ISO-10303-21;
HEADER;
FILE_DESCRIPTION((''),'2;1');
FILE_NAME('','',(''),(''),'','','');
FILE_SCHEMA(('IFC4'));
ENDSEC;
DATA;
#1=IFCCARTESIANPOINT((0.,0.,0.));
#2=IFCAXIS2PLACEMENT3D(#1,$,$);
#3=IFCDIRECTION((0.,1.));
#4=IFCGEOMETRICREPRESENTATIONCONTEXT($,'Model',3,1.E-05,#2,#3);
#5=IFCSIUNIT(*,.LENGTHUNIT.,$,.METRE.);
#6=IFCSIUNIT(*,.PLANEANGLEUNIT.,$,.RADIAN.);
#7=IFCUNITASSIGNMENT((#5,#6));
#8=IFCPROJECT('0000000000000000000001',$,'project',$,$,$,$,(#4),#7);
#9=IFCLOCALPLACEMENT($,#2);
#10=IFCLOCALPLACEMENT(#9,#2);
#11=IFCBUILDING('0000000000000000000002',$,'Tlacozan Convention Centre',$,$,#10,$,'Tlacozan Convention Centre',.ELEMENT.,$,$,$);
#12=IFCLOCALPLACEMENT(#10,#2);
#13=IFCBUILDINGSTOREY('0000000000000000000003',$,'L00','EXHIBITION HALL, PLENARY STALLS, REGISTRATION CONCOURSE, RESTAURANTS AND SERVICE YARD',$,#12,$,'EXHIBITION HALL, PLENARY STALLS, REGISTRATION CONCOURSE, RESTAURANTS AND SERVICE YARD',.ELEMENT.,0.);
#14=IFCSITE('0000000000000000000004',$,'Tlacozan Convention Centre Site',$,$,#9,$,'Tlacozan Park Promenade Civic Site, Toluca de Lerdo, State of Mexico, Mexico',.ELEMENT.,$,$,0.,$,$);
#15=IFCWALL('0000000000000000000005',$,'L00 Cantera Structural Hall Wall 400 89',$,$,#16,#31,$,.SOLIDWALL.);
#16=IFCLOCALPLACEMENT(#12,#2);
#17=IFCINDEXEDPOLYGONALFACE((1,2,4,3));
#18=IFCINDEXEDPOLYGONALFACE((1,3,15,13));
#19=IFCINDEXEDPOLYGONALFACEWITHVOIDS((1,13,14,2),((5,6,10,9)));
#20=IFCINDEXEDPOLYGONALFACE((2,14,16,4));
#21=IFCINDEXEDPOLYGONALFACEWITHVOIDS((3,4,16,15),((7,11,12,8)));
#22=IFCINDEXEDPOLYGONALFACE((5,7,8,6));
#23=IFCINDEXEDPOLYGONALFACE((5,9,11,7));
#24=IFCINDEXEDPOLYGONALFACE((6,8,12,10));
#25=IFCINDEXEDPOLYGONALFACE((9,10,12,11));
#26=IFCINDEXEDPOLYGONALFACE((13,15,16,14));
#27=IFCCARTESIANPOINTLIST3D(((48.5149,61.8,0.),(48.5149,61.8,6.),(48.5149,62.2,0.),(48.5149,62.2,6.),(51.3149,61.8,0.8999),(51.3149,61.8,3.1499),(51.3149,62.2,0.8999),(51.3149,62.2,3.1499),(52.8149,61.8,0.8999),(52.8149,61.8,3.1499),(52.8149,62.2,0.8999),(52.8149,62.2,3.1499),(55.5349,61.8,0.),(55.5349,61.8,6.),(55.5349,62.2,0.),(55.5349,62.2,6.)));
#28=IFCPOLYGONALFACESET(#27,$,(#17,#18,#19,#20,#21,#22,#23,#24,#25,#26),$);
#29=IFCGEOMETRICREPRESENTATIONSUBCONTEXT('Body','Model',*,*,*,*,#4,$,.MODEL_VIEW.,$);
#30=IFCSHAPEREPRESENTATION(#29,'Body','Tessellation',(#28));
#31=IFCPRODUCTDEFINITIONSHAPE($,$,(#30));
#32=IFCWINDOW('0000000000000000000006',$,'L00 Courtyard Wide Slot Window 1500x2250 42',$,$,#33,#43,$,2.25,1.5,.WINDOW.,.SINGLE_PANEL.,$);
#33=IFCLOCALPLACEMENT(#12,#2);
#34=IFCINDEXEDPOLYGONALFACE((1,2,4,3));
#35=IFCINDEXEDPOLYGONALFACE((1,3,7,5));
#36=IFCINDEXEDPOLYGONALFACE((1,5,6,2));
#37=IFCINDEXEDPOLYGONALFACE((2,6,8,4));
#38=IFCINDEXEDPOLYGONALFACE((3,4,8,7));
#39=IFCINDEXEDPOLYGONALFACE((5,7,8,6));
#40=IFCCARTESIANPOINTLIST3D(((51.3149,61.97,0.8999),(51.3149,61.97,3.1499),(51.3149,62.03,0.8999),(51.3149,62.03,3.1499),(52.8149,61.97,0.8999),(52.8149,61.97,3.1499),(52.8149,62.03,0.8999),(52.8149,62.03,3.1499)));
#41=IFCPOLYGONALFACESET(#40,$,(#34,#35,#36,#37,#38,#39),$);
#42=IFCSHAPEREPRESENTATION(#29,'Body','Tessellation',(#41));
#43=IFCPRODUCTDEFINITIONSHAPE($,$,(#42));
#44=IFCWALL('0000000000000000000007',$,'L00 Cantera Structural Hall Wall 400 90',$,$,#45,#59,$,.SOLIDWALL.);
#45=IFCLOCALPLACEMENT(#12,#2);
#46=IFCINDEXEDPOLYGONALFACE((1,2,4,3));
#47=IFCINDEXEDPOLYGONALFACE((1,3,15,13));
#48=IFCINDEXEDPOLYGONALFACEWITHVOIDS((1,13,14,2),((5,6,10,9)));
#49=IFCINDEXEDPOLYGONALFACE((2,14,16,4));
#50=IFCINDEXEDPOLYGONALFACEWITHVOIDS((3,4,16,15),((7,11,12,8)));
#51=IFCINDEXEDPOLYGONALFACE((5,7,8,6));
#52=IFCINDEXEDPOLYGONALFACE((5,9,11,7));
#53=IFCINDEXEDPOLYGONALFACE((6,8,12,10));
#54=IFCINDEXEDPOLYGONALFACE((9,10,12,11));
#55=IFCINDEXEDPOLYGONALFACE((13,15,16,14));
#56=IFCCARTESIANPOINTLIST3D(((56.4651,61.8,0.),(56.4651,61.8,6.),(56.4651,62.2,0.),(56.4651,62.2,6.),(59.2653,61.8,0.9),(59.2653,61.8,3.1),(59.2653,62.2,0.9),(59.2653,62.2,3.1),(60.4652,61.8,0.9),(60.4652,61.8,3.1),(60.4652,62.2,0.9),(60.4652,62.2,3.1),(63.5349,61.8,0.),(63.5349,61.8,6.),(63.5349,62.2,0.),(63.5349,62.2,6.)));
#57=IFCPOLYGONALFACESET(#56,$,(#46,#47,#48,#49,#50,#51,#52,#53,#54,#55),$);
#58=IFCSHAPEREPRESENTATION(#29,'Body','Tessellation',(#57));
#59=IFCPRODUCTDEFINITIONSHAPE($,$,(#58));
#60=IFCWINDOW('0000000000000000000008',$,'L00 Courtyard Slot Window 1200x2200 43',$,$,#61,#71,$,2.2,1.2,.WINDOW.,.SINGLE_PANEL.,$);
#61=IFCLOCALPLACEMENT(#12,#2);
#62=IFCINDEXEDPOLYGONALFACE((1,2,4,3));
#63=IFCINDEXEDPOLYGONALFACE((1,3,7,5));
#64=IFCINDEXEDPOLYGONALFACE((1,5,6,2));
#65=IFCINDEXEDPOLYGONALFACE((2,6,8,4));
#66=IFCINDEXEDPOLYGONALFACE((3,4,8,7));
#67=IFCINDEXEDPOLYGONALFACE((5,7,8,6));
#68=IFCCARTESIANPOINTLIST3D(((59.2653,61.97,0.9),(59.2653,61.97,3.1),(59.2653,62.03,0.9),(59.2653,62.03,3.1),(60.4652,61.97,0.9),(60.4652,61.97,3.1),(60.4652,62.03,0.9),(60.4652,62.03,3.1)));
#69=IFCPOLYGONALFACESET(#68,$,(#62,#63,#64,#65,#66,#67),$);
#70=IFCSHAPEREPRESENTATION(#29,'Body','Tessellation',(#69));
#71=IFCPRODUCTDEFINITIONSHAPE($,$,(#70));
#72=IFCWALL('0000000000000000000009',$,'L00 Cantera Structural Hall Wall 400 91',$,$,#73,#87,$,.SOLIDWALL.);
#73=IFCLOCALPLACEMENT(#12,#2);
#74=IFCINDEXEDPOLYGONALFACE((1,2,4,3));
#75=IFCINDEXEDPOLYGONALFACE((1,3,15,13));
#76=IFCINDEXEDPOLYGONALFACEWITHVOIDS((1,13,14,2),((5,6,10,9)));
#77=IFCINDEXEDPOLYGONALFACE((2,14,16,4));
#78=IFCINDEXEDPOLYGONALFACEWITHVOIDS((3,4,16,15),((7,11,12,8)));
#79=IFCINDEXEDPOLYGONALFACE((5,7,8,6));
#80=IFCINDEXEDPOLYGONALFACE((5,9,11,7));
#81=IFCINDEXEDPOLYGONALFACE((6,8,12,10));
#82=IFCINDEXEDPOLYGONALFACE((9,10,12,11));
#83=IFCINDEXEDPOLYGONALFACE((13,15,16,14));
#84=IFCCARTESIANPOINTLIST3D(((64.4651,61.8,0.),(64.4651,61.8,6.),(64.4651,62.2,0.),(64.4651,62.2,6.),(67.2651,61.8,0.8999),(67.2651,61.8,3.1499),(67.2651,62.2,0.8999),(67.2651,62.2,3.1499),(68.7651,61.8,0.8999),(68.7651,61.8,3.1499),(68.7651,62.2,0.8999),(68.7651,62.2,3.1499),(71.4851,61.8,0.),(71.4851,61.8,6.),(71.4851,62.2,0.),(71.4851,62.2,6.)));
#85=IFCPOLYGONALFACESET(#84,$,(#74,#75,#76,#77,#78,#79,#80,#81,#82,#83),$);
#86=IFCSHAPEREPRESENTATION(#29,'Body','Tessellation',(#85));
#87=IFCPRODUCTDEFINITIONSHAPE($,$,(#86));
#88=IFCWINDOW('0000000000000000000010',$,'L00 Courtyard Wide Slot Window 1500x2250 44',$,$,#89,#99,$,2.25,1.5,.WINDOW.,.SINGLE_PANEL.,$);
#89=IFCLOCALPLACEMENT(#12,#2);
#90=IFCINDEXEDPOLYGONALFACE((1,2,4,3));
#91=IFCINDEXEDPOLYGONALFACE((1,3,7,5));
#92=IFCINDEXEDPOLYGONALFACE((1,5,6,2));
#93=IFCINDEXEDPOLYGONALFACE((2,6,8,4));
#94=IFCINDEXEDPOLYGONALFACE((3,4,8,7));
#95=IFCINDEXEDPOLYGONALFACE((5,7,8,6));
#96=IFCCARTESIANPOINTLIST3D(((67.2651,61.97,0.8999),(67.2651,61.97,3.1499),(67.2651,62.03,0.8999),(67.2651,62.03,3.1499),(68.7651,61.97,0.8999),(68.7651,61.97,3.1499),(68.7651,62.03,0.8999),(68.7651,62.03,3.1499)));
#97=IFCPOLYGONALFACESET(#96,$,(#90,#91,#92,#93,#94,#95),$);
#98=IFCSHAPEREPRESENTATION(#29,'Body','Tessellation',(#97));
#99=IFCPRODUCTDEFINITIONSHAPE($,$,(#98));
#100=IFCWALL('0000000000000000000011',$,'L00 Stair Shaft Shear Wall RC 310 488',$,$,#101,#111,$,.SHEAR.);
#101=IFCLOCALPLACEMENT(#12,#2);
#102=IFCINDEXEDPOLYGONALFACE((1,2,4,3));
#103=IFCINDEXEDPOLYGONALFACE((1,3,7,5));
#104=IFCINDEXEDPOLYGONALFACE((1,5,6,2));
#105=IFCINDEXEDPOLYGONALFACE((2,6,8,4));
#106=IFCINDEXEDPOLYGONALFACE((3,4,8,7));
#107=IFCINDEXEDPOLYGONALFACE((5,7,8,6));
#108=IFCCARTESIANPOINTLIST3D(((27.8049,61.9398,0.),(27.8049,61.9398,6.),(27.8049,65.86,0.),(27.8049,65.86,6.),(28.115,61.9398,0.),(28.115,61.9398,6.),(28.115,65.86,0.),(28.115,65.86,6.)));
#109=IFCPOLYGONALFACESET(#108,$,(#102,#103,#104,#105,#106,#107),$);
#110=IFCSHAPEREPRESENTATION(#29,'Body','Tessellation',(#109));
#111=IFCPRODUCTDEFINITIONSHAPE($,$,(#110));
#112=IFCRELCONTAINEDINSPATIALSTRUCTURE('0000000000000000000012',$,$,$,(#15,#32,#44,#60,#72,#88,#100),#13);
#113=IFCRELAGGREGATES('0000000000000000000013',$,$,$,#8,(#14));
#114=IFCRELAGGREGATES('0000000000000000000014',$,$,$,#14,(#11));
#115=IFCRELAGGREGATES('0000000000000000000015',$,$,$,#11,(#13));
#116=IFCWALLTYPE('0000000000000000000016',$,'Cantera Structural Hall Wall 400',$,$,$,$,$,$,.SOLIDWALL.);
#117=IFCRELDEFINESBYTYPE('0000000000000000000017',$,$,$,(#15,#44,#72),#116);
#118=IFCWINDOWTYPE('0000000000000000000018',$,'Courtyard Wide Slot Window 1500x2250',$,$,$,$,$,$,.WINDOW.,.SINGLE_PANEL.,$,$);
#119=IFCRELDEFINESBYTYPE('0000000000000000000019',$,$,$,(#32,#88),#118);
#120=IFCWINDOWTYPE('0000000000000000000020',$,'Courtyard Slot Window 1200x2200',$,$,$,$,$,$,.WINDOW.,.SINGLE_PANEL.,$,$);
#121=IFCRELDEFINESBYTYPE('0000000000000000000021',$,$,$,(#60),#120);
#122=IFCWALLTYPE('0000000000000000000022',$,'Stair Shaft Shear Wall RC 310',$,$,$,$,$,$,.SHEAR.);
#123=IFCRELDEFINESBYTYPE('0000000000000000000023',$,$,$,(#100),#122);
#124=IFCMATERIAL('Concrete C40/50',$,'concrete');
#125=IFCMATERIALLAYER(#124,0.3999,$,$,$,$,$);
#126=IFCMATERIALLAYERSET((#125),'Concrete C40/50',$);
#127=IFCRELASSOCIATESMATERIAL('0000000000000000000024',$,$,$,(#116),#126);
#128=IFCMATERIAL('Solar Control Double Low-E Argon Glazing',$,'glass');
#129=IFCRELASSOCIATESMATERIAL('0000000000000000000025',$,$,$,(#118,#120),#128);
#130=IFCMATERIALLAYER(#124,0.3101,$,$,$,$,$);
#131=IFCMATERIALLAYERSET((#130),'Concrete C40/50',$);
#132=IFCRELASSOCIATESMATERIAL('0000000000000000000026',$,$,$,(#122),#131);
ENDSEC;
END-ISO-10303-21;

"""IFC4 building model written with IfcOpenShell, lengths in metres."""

from ifc_helpers import new_model, si_unit, direction, frame, frame_2d, origin, place, context, subcontext, project, spatial, rectangle, extrude, material, layer, layer_set, type_object, element, fill, save


model = new_model("IFC4")

# Units and contexts
model_context = context("Model", 3, precision=1e-05, world=origin(), true_north=direction((0.0, 1.0)))
body_context = subcontext(model_context, "Body", "Model", "MODEL_VIEW")
ifc_project = project(units=[si_unit("LENGTHUNIT", "METRE"), si_unit("PLANEANGLEUNIT", "RADIAN")], contexts=[model_context])

# Site, building, storey
site_placement = place(None, origin())
site = spatial("IfcSite", under=ifc_project, at=site_placement, Name="Tlacozan Convention Centre Site", LongName="Tlacozan Park Promenade Civic Site, Toluca de Lerdo, State of Mexico, Mexico", CompositionType="ELEMENT", RefElevation=0.0)
building_placement = place(site_placement, origin())
building = spatial("IfcBuilding", under=site, at=building_placement, Name="Tlacozan Convention Centre", LongName="Tlacozan Convention Centre", CompositionType="ELEMENT")
storey_placement = place(building_placement, origin())
storey = spatial("IfcBuildingStorey", under=building, at=storey_placement, Name="L00", Description="EXHIBITION HALL, PLENARY STALLS, REGISTRATION CONCOURSE, RESTAURANTS AND SERVICE YARD", LongName="EXHIBITION HALL, PLENARY STALLS, REGISTRATION CONCOURSE, RESTAURANTS AND SERVICE YARD", CompositionType="ELEMENT", Elevation=0.0)

# Shared definitions
ifc_material_1 = material(Name="Concrete C40/50", Category="concrete")

# Shared definitions
ifc_layer_1 = layer(ifc_material_1, 0.3999)
ifc_layer_set_1 = layer_set([ifc_layer_1], Name="Concrete C40/50")
wall_type_1 = type_object("IfcWallType", Name="Cantera Structural Hall Wall 400", PredefinedType="SOLIDWALL", material=ifc_layer_set_1)
ifc_material_2 = material(Name="Solar Control Double Low-E Argon Glazing", Category="glass")
window_type_1 = type_object("IfcWindowType", Name="Courtyard Wide Slot Window 1500x2250", PartitioningType="SINGLE_PANEL", PredefinedType="WINDOW", material=ifc_material_2)

# Walls, openings, windows
wall_1_placement = place(storey_placement, frame((48.5149, 62.0, 0.0), z_axis=(0.0, 0.0, 1.0), x_axis=(1.0, 0.0, 0.0)))
wall_1 = element("IfcWall", 1, at=wall_1_placement, inside=storey, type_object=wall_type_1, Name="L00 Cantera Structural Hall Wall 400 89", PredefinedType="SOLIDWALL", context=body_context, shape_type="SweptSolid", body=[
    extrude(rectangle(XDim=7.02, YDim=0.3999, at=frame_2d((3.51, 0.0))), origin(), (0.0, 0.0, 1.0), 6.0),
])
opening_1_placement = place(wall_1_placement, frame((2.8, 0.0, 0.8999)))
opening_1 = element("IfcOpeningElement", 2, at=opening_1_placement, cuts=wall_1, PredefinedType="OPENING", context=body_context, shape_type="SweptSolid", body=[
    extrude(rectangle(XDim=1.5, YDim=2.25, at=frame_2d((0.75, 1.125))), frame((0.0, 0.21, 0.0), z_axis=(0.0, -1.0, 0.0), x_axis=(1.0, 0.0, 0.0)), (0.0, 0.0, 1.0), 0.4199),
])
window_1_placement = place(opening_1_placement, origin())
window_1 = element("IfcWindow", 3, at=window_1_placement, inside=storey, type_object=window_type_1, Name="L00 Courtyard Wide Slot Window 1500x2250 42", OverallHeight=2.25, OverallWidth=1.5, PartitioningType="SINGLE_PANEL", PredefinedType="WINDOW", context=body_context, shape_type="SweptSolid", body=[
    extrude(rectangle(XDim=1.5, YDim=2.25, at=frame_2d((0.75, 1.125))), frame((0.0, 0.03, 0.0), z_axis=(0.0, -1.0, 0.0), x_axis=(1.0, 0.0, 0.0)), (0.0, 0.0, 1.0), 0.0601),
])
fill(opening_1, window_1)
wall_2_placement = place(storey_placement, frame((56.4651, 62.0, 0.0), z_axis=(0.0, 0.0, 1.0), x_axis=(1.0, 0.0, 0.0)))
wall_2 = element("IfcWall", 4, at=wall_2_placement, inside=storey, type_object=wall_type_1, Name="L00 Cantera Structural Hall Wall 400 90", PredefinedType="SOLIDWALL", context=body_context, shape_type="SweptSolid", body=[
    extrude(rectangle(XDim=7.0698, YDim=0.3999, at=frame_2d((3.5349, 0.0))), origin(), (0.0, 0.0, 1.0), 6.0),
])
opening_2_placement = place(wall_2_placement, frame((2.8, 0.0, 0.8999)))
opening_2 = element("IfcOpeningElement", 5, at=opening_2_placement, cuts=wall_2, PredefinedType="OPENING", context=body_context, shape_type="SweptSolid", body=[
    extrude(rectangle(XDim=1.2, YDim=2.2, at=frame_2d((0.6001, 1.1001))), frame((0.0, 0.21, 0.0), z_axis=(0.0, -1.0, 0.0), x_axis=(1.0, 0.0, 0.0)), (0.0, 0.0, 1.0), 0.4199),
])
window_type_2 = type_object("IfcWindowType", Name="Courtyard Slot Window 1200x2200", PartitioningType="SINGLE_PANEL", PredefinedType="WINDOW", material=ifc_material_2)
window_2_placement = place(opening_2_placement, origin())
window_2 = element("IfcWindow", 6, at=window_2_placement, inside=storey, type_object=window_type_2, Name="L00 Courtyard Slot Window 1200x2200 43", OverallHeight=2.2, OverallWidth=1.2, PartitioningType="SINGLE_PANEL", PredefinedType="WINDOW", context=body_context, shape_type="SweptSolid", body=[
    extrude(rectangle(XDim=1.2, YDim=2.2, at=frame_2d((0.6001, 1.1001))), frame((0.0, 0.03, 0.0), z_axis=(0.0, -1.0, 0.0), x_axis=(1.0, 0.0, 0.0)), (0.0, 0.0, 1.0), 0.0601),
])
fill(opening_2, window_2)
wall_3_placement = place(storey_placement, frame((64.4651, 62.0, 0.0), z_axis=(0.0, 0.0, 1.0), x_axis=(1.0, 0.0, 0.0)))
wall_3 = element("IfcWall", 7, at=wall_3_placement, inside=storey, type_object=wall_type_1, Name="L00 Cantera Structural Hall Wall 400 91", PredefinedType="SOLIDWALL", context=body_context, shape_type="SweptSolid", body=[
    extrude(rectangle(XDim=7.02, YDim=0.3999, at=frame_2d((3.51, 0.0))), origin(), (0.0, 0.0, 1.0), 6.0),
])
opening_3_placement = place(wall_3_placement, frame((2.8, 0.0, 0.8999)))
opening_3 = element("IfcOpeningElement", 8, at=opening_3_placement, cuts=wall_3, PredefinedType="OPENING", context=body_context, shape_type="SweptSolid", body=[
    extrude(rectangle(XDim=1.5, YDim=2.25, at=frame_2d((0.75, 1.125))), frame((0.0, 0.21, 0.0), z_axis=(0.0, -1.0, 0.0), x_axis=(1.0, 0.0, 0.0)), (0.0, 0.0, 1.0), 0.4199),
])
window_3_placement = place(opening_3_placement, origin())
window_3 = element("IfcWindow", 9, at=window_3_placement, inside=storey, type_object=window_type_1, Name="L00 Courtyard Wide Slot Window 1500x2250 44", OverallHeight=2.25, OverallWidth=1.5, PartitioningType="SINGLE_PANEL", PredefinedType="WINDOW", context=body_context, shape_type="SweptSolid", body=[
    extrude(rectangle(XDim=1.5, YDim=2.25, at=frame_2d((0.75, 1.125))), frame((0.0, 0.03, 0.0), z_axis=(0.0, -1.0, 0.0), x_axis=(1.0, 0.0, 0.0)), (0.0, 0.0, 1.0), 0.0601),
])
fill(opening_3, window_3)

# Wall
ifc_layer_2 = layer(ifc_material_1, 0.3101)
ifc_layer_set_2 = layer_set([ifc_layer_2], Name="Concrete C40/50")
wall_type_2 = type_object("IfcWallType", Name="Stair Shaft Shear Wall RC 310", PredefinedType="SHEAR", material=ifc_layer_set_2)
wall_4_placement = place(storey_placement, frame((27.96, 61.9399, 0.0), z_axis=(0.0, 0.0, 1.0), x_axis=(0.0, 1.0, 0.0)))
element("IfcWall", 10, at=wall_4_placement, inside=storey, type_object=wall_type_2, Name="L00 Stair Shaft Shear Wall RC 310 488", PredefinedType="SHEAR", context=body_context, shape_type="SweptSolid", body=[
    extrude(rectangle(XDim=3.9202, YDim=0.3101, at=frame_2d((1.96, 0.0))), origin(), (0.0, 0.0, 1.0), 6.0),
])

save(model, "model.ifc")
